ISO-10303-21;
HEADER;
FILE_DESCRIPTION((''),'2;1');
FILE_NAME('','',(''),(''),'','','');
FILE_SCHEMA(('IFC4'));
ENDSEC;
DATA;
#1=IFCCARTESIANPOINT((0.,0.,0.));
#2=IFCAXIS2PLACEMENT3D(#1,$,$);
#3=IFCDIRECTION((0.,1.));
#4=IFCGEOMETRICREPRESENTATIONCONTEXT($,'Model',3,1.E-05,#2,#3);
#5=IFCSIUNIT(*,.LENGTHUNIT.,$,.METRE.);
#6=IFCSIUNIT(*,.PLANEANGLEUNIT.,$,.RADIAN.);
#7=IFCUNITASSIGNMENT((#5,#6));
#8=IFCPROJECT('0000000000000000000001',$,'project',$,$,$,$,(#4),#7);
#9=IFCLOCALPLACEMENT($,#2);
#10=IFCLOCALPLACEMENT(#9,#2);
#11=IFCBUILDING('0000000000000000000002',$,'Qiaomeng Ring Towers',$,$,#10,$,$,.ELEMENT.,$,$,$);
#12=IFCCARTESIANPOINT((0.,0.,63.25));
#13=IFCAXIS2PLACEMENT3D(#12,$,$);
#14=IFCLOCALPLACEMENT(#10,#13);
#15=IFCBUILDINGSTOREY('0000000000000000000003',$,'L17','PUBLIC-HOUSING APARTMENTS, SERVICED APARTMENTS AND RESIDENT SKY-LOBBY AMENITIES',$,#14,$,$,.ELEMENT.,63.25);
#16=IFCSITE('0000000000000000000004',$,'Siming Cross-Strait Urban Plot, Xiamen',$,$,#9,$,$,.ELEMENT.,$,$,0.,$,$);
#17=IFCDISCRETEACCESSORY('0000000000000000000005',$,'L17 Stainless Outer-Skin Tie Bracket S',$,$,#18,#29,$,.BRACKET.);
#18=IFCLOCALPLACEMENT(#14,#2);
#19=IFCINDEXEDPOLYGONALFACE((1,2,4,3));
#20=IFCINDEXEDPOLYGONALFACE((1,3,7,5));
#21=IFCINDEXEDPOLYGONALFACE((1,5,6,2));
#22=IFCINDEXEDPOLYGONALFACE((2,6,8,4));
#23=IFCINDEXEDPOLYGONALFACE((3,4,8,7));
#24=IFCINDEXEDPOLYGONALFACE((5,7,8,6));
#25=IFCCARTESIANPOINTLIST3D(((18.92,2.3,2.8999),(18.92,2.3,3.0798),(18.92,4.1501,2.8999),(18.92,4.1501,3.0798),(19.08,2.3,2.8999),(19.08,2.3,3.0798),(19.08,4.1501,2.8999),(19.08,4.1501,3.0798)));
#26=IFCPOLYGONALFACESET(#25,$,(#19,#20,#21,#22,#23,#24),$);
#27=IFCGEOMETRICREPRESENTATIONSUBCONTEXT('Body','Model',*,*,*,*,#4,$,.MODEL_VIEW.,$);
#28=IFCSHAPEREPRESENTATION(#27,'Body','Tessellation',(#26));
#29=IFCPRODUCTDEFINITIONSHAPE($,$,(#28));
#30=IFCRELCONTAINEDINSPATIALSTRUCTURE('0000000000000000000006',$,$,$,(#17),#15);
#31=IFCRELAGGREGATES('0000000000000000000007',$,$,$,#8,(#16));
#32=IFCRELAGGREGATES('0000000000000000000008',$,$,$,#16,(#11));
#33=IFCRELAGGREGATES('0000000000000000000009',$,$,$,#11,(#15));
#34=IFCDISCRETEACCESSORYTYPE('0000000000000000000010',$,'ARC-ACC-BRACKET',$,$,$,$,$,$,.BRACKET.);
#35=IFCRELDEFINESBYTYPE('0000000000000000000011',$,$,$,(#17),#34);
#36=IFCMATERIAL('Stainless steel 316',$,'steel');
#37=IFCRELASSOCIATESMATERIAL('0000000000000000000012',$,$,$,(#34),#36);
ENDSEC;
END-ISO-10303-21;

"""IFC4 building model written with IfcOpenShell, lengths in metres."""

from ifc_helpers import new_model, si_unit, direction, frame, origin, origin_2d, place, context, subcontext, project, spatial, rectangle, extrude, source, transform, mapped, material, type_object, element, save


model = new_model("IFC4")

# Units and contexts
model_context = context("Model", 3, precision=1e-05, world=origin(), true_north=direction((0.0, 1.0)))
body_context = subcontext(model_context, "Body", "Model", "MODEL_VIEW")
ifc_project = project(units=[si_unit("LENGTHUNIT", "METRE"), si_unit("PLANEANGLEUNIT", "RADIAN")], contexts=[model_context])

# Site, building, storey
site_placement = place(None, origin())
site = spatial("IfcSite", under=ifc_project, at=site_placement, Name="Siming Cross-Strait Urban Plot, Xiamen", CompositionType="ELEMENT", RefElevation=0.0)
building_placement = place(site_placement, origin())
building = spatial("IfcBuilding", under=site, at=building_placement, Name="Qiaomeng Ring Towers", CompositionType="ELEMENT")
storey_placement = place(building_placement, frame((0.0, 0.0, 63.25)))
storey = spatial("IfcBuildingStorey", under=building, at=storey_placement, Name="L17", Description="PUBLIC-HOUSING APARTMENTS, SERVICED APARTMENTS AND RESIDENT SKY-LOBBY AMENITIES", CompositionType="ELEMENT", Elevation=63.25)

# Shared definitions
ifc_material_1 = material(Name="Stainless steel 316", Category="steel")

# Discrete accessory
discrete_accessory_type = type_object("IfcDiscreteAccessoryType", Name="ARC-ACC-BRACKET", PredefinedType="BRACKET", material=ifc_material_1)
shared_shape_1 = source(origin(), body_context, "Body", "SweptSolid", [
    extrude(rectangle(XDim=0.1599, YDim=1.8501, at=origin_2d()), origin(), (0.0, 0.0, 1.0), 0.1799),
])
discrete_accessory_placement = place(storey_placement, frame((19.0, 3.2251, 2.8999), z_axis=(0.0, 0.0, 1.0), x_axis=(1.0, 0.0, 0.0)))
element("IfcDiscreteAccessory", 1, at=discrete_accessory_placement, inside=storey, type_object=discrete_accessory_type, Name="L17 Stainless Outer-Skin Tie Bracket S", PredefinedType="BRACKET", context=body_context, shape_type="MappedRepresentation", body=[
    mapped(shared_shape_1, transform((0.0, 0.0, 0.0), x_axis=(1.0, 0.0, 0.0), y_axis=(0.0, 1.0, 0.0), z_axis=(0.0, 0.0, 1.0), scale=1.0)),
])

save(model, "model.ifc")
